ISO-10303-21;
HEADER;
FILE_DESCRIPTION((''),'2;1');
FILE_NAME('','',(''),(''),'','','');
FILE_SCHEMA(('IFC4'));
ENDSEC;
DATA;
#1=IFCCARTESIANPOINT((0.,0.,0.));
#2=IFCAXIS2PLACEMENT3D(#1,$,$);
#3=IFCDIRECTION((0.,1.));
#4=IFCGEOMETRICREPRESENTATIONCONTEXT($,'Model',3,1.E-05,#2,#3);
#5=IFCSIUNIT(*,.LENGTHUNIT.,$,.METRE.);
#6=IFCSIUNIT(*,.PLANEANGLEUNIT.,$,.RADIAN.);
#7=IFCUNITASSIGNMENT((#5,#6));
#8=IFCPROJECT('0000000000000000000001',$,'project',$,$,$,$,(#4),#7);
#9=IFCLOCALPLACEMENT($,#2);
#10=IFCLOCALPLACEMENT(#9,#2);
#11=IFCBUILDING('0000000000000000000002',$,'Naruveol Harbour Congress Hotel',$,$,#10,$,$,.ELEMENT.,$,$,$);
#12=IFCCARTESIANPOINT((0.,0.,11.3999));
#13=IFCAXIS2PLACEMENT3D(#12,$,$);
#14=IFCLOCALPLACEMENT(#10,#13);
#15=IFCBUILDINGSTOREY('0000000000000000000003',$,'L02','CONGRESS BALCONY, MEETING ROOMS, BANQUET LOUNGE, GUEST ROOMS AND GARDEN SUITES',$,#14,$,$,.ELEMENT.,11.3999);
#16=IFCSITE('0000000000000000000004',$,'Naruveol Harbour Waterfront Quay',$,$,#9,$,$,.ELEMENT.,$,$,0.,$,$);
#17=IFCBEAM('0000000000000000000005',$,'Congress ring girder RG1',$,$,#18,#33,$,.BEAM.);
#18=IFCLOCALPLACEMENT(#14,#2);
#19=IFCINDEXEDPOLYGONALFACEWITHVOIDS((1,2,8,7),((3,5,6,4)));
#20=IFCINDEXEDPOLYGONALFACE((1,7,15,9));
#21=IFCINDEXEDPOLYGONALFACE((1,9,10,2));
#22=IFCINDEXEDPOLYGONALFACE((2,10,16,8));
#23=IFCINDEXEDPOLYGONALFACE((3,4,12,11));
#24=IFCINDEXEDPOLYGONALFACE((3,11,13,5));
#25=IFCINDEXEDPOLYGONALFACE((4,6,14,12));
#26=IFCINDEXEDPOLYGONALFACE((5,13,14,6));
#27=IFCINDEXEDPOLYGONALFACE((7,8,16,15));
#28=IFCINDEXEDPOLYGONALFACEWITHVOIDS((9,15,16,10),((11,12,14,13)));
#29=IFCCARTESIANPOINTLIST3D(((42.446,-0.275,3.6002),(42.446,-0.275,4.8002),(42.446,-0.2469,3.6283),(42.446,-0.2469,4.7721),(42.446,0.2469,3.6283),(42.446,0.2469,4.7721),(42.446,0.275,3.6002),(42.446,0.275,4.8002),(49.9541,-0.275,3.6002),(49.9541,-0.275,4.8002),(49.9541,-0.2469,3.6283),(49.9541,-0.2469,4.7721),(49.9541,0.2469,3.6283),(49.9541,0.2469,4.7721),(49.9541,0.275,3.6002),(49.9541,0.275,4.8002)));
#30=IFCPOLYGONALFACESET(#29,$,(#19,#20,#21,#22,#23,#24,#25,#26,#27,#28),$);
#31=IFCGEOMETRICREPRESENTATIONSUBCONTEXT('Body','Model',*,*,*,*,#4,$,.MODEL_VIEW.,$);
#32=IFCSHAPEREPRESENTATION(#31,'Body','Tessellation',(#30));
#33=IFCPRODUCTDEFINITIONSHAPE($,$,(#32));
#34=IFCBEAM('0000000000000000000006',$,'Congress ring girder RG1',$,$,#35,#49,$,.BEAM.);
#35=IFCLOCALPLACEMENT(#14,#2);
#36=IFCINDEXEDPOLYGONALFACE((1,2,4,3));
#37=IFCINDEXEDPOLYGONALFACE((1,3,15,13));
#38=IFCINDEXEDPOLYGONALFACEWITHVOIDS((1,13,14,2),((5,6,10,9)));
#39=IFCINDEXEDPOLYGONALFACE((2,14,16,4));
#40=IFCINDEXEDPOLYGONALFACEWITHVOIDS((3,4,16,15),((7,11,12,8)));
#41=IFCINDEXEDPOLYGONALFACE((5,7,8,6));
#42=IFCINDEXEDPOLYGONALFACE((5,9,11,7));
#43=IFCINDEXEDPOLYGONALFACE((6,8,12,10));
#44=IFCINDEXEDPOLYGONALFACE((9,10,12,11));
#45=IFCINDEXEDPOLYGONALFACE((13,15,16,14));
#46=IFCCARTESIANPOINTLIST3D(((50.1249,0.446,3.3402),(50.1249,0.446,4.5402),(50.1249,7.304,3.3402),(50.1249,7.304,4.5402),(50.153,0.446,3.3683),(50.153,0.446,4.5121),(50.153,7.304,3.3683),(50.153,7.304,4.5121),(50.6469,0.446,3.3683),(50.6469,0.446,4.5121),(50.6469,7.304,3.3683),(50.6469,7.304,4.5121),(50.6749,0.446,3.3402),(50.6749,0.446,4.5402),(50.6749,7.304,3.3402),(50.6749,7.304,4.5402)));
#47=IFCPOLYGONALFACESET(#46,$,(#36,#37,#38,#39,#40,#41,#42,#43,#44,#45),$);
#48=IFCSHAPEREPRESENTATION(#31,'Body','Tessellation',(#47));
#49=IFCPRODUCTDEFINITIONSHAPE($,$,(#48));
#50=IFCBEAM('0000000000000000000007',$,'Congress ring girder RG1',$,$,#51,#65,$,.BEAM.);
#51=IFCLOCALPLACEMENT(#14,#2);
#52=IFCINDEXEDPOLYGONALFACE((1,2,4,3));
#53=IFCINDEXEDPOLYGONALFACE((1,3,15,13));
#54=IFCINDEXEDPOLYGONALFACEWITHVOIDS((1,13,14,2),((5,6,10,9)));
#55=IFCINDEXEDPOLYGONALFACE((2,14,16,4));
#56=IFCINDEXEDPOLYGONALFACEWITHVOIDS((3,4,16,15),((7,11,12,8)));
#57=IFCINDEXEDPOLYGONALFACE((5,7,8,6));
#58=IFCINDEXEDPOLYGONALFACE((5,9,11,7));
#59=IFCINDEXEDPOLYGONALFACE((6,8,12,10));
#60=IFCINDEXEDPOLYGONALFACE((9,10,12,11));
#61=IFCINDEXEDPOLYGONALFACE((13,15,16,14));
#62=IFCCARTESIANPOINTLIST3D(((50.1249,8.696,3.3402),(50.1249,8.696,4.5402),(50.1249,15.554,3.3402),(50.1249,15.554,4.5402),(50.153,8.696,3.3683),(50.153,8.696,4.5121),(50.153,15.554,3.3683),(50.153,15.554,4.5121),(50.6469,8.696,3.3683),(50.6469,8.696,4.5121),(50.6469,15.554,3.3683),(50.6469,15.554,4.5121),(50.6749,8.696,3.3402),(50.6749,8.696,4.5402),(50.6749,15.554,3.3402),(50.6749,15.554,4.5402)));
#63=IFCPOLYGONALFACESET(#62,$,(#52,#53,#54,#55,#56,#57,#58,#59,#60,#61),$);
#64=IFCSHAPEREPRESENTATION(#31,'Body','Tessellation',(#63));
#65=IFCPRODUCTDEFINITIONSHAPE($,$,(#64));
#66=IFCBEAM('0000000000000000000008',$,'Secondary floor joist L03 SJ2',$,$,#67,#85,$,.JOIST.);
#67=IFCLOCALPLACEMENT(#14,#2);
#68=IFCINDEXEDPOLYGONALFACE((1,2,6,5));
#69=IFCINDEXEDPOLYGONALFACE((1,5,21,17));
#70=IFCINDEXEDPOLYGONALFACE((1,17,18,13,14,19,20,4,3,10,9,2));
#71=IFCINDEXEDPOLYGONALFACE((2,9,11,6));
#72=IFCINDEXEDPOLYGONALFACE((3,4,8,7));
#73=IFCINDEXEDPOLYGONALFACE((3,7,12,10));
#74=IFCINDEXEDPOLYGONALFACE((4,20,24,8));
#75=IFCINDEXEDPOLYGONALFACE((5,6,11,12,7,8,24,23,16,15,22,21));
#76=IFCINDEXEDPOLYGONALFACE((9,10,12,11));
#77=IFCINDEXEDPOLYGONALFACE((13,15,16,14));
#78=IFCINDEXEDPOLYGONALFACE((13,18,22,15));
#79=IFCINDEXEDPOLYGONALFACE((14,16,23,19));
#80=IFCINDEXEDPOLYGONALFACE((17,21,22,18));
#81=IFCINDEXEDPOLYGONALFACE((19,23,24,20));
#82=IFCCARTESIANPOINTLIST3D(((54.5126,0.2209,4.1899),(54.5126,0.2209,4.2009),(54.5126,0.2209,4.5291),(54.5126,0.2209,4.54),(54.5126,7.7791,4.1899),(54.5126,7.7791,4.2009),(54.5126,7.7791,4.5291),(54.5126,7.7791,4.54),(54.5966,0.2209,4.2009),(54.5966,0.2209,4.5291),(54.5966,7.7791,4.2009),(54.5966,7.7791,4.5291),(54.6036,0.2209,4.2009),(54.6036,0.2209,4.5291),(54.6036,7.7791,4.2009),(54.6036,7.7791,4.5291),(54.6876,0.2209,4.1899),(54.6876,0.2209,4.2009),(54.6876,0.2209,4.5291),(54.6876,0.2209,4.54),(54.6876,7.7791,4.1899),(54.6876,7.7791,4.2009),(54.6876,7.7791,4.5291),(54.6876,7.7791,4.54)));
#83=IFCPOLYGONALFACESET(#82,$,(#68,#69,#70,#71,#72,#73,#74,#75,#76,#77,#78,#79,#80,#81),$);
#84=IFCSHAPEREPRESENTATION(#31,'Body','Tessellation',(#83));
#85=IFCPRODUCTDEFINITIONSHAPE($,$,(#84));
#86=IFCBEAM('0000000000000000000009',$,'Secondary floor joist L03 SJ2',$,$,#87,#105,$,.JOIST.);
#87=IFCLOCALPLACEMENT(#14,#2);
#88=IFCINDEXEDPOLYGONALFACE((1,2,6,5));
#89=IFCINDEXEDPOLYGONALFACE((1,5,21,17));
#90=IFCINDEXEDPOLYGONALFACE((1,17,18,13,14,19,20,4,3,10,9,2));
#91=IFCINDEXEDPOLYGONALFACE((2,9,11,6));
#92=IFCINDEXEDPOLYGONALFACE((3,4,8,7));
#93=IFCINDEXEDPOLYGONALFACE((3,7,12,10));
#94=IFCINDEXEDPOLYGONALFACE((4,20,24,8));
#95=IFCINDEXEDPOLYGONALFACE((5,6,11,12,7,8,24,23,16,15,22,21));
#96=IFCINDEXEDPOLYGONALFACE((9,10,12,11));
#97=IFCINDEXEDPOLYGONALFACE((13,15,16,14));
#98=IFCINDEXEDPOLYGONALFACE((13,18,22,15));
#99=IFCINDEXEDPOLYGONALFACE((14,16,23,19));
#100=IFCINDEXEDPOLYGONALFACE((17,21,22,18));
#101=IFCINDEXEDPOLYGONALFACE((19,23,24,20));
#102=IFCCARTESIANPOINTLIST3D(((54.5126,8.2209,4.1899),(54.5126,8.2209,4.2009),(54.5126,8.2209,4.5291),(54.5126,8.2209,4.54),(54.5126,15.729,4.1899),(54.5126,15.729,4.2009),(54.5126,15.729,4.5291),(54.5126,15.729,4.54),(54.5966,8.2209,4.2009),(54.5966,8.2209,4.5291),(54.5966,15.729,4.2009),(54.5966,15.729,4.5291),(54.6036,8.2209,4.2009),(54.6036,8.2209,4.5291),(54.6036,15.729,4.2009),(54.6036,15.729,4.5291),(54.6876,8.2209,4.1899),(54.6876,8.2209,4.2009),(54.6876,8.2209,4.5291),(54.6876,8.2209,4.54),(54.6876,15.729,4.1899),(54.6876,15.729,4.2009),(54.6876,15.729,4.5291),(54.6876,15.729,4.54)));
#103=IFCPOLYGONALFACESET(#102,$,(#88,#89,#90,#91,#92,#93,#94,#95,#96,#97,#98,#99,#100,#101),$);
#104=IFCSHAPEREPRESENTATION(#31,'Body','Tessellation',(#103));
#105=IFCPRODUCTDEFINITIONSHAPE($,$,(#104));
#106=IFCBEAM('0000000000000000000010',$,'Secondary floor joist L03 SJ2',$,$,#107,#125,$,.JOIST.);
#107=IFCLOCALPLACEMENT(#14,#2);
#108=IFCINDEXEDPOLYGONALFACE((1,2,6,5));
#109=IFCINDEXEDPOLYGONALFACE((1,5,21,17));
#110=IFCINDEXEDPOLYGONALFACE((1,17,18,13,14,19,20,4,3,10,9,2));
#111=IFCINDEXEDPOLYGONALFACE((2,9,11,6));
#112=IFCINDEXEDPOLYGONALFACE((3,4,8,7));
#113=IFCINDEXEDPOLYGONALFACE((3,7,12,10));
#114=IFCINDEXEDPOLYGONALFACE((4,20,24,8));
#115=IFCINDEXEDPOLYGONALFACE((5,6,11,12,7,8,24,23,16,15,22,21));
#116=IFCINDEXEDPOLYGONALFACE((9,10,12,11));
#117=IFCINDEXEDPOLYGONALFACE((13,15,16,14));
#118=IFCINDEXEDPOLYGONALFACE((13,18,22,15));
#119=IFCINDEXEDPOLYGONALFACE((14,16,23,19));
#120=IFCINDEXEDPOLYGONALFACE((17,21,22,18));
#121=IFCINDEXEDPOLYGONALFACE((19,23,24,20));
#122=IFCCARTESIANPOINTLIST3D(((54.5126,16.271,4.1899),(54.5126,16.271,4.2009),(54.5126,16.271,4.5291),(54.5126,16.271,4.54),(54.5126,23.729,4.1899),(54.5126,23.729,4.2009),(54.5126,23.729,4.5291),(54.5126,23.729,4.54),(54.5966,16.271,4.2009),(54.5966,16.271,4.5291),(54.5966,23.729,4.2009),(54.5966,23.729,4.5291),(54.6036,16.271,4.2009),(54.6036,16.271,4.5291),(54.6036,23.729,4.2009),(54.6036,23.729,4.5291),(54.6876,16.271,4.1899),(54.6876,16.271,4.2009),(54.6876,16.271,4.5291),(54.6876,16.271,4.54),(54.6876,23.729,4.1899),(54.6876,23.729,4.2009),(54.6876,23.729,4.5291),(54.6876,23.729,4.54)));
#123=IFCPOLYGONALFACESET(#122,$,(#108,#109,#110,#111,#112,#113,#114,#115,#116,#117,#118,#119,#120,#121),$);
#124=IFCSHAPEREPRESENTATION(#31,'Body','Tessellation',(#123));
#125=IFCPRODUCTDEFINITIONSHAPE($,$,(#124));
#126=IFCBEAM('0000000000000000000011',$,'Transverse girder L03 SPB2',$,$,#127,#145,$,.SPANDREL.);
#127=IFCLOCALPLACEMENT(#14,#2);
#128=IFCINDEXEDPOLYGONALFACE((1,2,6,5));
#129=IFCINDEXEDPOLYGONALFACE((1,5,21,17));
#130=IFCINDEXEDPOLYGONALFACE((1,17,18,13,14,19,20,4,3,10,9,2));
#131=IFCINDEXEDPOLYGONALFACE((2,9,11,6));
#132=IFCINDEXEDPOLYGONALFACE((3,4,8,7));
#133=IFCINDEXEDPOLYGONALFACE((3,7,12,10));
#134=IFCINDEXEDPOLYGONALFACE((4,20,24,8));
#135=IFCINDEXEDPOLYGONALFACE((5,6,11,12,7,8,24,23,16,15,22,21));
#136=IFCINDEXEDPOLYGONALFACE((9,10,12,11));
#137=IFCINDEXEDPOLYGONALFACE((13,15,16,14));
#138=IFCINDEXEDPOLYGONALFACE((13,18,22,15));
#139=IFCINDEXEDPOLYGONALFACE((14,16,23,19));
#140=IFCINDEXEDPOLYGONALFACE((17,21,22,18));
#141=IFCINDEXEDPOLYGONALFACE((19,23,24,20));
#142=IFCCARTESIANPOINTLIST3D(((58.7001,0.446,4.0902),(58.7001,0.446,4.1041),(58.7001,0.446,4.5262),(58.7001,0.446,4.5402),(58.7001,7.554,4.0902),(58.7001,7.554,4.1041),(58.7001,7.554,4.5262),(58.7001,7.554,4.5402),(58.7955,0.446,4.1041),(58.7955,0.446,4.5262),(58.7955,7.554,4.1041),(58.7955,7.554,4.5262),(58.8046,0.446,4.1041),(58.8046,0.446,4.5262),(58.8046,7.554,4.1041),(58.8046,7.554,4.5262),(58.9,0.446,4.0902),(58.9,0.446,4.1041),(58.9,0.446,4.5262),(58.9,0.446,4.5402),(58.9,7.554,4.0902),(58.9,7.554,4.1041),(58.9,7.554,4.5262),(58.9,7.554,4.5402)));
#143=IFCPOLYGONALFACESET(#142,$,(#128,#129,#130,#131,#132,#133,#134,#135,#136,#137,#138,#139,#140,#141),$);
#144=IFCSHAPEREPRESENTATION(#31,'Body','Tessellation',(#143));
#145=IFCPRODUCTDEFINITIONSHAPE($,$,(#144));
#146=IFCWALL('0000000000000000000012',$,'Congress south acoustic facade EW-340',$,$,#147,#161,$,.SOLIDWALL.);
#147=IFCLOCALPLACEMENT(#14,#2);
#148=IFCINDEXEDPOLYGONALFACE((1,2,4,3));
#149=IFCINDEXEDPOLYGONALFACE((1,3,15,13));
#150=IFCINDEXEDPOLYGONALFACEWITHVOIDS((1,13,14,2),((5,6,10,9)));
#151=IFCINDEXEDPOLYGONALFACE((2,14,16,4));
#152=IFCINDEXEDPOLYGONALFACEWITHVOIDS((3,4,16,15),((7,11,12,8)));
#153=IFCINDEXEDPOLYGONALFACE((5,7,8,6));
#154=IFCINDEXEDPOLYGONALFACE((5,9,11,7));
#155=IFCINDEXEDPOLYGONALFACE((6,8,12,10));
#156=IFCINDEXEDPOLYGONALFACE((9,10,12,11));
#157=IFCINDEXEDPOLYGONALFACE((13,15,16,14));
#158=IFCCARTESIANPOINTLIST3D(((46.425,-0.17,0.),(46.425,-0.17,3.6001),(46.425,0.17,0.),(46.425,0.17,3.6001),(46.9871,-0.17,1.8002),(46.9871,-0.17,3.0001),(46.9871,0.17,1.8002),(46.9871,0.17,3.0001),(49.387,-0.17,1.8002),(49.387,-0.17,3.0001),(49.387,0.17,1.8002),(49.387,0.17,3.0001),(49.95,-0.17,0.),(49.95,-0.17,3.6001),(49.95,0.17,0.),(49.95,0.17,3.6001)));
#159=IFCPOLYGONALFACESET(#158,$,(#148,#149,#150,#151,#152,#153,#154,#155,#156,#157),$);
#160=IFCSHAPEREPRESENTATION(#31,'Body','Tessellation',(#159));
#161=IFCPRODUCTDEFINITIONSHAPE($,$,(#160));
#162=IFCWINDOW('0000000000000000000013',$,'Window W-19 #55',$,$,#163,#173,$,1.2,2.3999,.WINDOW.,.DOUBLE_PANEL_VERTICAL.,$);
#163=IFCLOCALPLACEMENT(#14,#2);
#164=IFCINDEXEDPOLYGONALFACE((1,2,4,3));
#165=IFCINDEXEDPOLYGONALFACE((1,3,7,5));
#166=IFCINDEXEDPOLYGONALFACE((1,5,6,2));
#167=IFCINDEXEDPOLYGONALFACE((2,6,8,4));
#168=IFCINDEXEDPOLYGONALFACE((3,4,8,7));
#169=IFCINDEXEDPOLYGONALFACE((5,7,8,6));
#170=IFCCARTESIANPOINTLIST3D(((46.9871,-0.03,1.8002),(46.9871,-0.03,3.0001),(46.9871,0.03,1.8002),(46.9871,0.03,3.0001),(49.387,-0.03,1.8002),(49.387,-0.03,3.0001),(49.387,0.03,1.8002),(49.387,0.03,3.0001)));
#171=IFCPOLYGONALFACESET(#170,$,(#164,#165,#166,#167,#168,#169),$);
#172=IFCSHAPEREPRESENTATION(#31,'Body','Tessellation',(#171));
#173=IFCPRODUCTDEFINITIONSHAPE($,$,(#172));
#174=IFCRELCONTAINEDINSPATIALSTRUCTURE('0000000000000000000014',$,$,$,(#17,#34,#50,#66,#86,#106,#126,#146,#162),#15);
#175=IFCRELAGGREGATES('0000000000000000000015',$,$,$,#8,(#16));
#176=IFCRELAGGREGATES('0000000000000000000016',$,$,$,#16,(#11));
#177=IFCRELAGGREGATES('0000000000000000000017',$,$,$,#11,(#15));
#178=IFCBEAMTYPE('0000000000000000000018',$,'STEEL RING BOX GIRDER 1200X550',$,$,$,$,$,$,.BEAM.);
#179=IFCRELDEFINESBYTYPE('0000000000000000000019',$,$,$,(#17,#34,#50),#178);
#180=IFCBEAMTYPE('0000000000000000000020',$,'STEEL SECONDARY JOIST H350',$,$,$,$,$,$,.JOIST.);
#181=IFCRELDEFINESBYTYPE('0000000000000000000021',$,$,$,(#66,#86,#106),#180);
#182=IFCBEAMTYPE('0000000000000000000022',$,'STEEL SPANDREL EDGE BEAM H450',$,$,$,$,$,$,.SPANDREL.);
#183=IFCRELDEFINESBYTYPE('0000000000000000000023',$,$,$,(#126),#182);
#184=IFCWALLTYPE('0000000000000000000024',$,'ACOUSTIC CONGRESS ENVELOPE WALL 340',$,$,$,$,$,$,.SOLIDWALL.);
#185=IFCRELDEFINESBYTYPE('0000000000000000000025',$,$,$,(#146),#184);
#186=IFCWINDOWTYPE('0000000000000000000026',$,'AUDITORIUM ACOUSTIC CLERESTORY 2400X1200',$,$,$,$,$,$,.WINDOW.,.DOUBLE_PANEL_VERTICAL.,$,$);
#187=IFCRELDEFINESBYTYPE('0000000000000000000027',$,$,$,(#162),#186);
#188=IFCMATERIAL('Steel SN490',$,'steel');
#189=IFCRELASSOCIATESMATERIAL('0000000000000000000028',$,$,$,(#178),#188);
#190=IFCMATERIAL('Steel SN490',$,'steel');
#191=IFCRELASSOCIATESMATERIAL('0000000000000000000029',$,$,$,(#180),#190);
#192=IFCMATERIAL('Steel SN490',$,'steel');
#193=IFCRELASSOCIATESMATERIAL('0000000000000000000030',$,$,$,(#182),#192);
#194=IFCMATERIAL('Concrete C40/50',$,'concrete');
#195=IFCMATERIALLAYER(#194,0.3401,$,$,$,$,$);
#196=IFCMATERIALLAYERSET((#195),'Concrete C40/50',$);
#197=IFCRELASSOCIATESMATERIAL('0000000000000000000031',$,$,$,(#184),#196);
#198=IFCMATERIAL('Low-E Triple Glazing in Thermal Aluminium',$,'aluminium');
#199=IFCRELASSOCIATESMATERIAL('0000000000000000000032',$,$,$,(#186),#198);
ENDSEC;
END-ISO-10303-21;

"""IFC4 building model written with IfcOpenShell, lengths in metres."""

from ifc_helpers import new_model, si_unit, direction, frame, frame_2d, origin, origin_2d, place, context, subcontext, project, spatial, rectangle, hollow_rectangle, i_section, extrude, material, layer, layer_set, material_profile, profile_set, type_object, element, fill, save


model = new_model("IFC4")

# Units and contexts
model_context = context("Model", 3, precision=1e-05, world=origin(), true_north=direction((0.0, 1.0)))
body_context = subcontext(model_context, "Body", "Model", "MODEL_VIEW")
ifc_project = project(units=[si_unit("LENGTHUNIT", "METRE"), si_unit("PLANEANGLEUNIT", "RADIAN")], contexts=[model_context])

# Site, building, storey
site_placement = place(None, origin())
site = spatial("IfcSite", under=ifc_project, at=site_placement, Name="Naruveol Harbour Waterfront Quay", CompositionType="ELEMENT", RefElevation=0.0)
building_placement = place(site_placement, origin())
building = spatial("IfcBuilding", under=site, at=building_placement, Name="Naruveol Harbour Congress Hotel", CompositionType="ELEMENT")
storey_placement = place(building_placement, frame((0.0, 0.0, 11.3999)))
storey = spatial("IfcBuildingStorey", under=building, at=storey_placement, Name="L02", Description="CONGRESS BALCONY, MEETING ROOMS, BANQUET LOUNGE, GUEST ROOMS AND GARDEN SUITES", CompositionType="ELEMENT", Elevation=11.3999)

# Beams
ifc_material_1 = material(Name="Steel SN490", Category="steel")
ifc_material_profile_1 = material_profile(ifc_material_1, hollow_rectangle(XDim=0.55, YDim=1.2, WallThickness=0.0281, at=origin_2d()), Name="RHS-1200x550x28")
ifc_profile_set_1 = profile_set([ifc_material_profile_1], Name="Steel SN490")
beam_type_1 = type_object("IfcBeamType", Name="STEEL RING BOX GIRDER 1200X550", PredefinedType="BEAM", material=ifc_profile_set_1)
beam_1_placement = place(storey_placement, frame((42.446, 0.0, 4.2002), z_axis=(1.0, 0.0, 0.0), x_axis=(0.0, 1.0, 0.0)))
element("IfcBeam", 1, at=beam_1_placement, inside=storey, type_object=beam_type_1, Name="Congress ring girder RG1", PredefinedType="BEAM", context=body_context, shape_type="SweptSolid", body=[
    extrude(hollow_rectangle(XDim=0.55, YDim=1.2, WallThickness=0.0281, at=origin_2d()), origin(), (0.0, 0.0, 1.0), 7.5081),
])
for number, where, z_axis, x_axis, name in (
    (2, (50.3999, 0.446, 3.9402), (0.0, 1.0, 0.0), (-1.0, 0.0, 0.0), "Congress ring girder RG1"),
    (3, (50.3999, 8.696, 3.9402), (0.0, 1.0, 0.0), (-1.0, 0.0, 0.0), "Congress ring girder RG1"),
):
    element("IfcBeam", number, at=place(storey_placement, frame(where, z_axis=z_axis, x_axis=x_axis)), inside=storey, type_object=beam_type_1, Name=name, PredefinedType="BEAM", context=body_context, shape_type="SweptSolid", body=[
        extrude(hollow_rectangle(XDim=0.55, YDim=1.2, WallThickness=0.0281, at=origin_2d()), origin(), (0.0, 0.0, 1.0), 6.8579),
    ])
ifc_material_2 = material(Name="Steel SN490", Category="steel")
ifc_material_profile_2 = material_profile(ifc_material_2, i_section(OverallWidth=0.175, OverallDepth=0.3501, WebThickness=0.0071, FlangeThickness=0.011, at=origin_2d()), Name="H-350x175x7x11")
ifc_profile_set_2 = profile_set([ifc_material_profile_2], Name="Steel SN490")
beam_type_2 = type_object("IfcBeamType", Name="STEEL SECONDARY JOIST H350", PredefinedType="JOIST", material=ifc_profile_set_2)
beam_2_placement = place(storey_placement, frame((54.6001, 0.2209, 4.365), z_axis=(0.0, 1.0, 0.0), x_axis=(-1.0, 0.0, 0.0)))
element("IfcBeam", 4, at=beam_2_placement, inside=storey, type_object=beam_type_2, Name="Secondary floor joist L03 SJ2", PredefinedType="JOIST", context=body_context, shape_type="SweptSolid", body=[
    extrude(i_section(OverallWidth=0.175, OverallDepth=0.3501, WebThickness=0.0071, FlangeThickness=0.011, at=origin_2d()), origin(), (0.0, 0.0, 1.0), 7.5581),
])
beam_3_placement = place(storey_placement, frame((54.6001, 8.2209, 4.365), z_axis=(0.0, 1.0, 0.0), x_axis=(-1.0, 0.0, 0.0)))
element("IfcBeam", 5, at=beam_3_placement, inside=storey, type_object=beam_type_2, Name="Secondary floor joist L03 SJ2", PredefinedType="JOIST", context=body_context, shape_type="SweptSolid", body=[
    extrude(i_section(OverallWidth=0.175, OverallDepth=0.3501, WebThickness=0.0071, FlangeThickness=0.011, at=origin_2d()), origin(), (0.0, 0.0, 1.0), 7.5081),
])
beam_4_placement = place(storey_placement, frame((54.6001, 16.271, 4.365), z_axis=(0.0, 1.0, 0.0), x_axis=(-1.0, 0.0, 0.0)))
element("IfcBeam", 6, at=beam_4_placement, inside=storey, type_object=beam_type_2, Name="Secondary floor joist L03 SJ2", PredefinedType="JOIST", context=body_context, shape_type="SweptSolid", body=[
    extrude(i_section(OverallWidth=0.175, OverallDepth=0.3501, WebThickness=0.0071, FlangeThickness=0.011, at=origin_2d()), origin(), (0.0, 0.0, 1.0), 7.458),
])
ifc_material_3 = material(Name="Steel SN490", Category="steel")
ifc_material_profile_3 = material_profile(ifc_material_3, i_section(OverallWidth=0.2, OverallDepth=0.45, WebThickness=0.009, FlangeThickness=0.0139, at=origin_2d()), Name="H-450x200x9x14")
ifc_profile_set_3 = profile_set([ifc_material_profile_3], Name="Steel SN490")
beam_type_3 = type_object("IfcBeamType", Name="STEEL SPANDREL EDGE BEAM H450", PredefinedType="SPANDREL", material=ifc_profile_set_3)
beam_5_placement = place(storey_placement, frame((58.8, 0.446, 4.3152), z_axis=(0.0, 1.0, 0.0), x_axis=(-1.0, 0.0, 0.0)))
element("IfcBeam", 7, at=beam_5_placement, inside=storey, type_object=beam_type_3, Name="Transverse girder L03 SPB2", PredefinedType="SPANDREL", context=body_context, shape_type="SweptSolid", body=[
    extrude(i_section(OverallWidth=0.2, OverallDepth=0.45, WebThickness=0.009, FlangeThickness=0.0139, at=origin_2d()), origin(), (0.0, 0.0, 1.0), 7.1079),
])

# Wall, opening, window
ifc_material_4 = material(Name="Concrete C40/50", Category="concrete")
ifc_layer_1 = layer(ifc_material_4, 0.3401)
ifc_layer_set_1 = layer_set([ifc_layer_1], Name="Concrete C40/50")
wall_type_1 = type_object("IfcWallType", Name="ACOUSTIC CONGRESS ENVELOPE WALL 340", PredefinedType="SOLIDWALL", material=ifc_layer_set_1)
wall_1_placement = place(storey_placement, frame((49.95, 0.0, 0.0), z_axis=(0.0, 0.0, 1.0), x_axis=(-1.0, 0.0, 0.0)))
wall_1 = element("IfcWall", 8, at=wall_1_placement, inside=storey, type_object=wall_type_1, Name="Congress south acoustic facade EW-340", PredefinedType="SOLIDWALL", context=body_context, shape_type="SweptSolid", body=[
    extrude(rectangle(XDim=3.5249, YDim=0.3401, at=frame_2d((1.7625, 0.0))), origin(), (0.0, 0.0, 1.0), 3.6001),
])
opening_1_placement = place(wall_1_placement, frame((0.563, 0.0, 1.8)))
opening_1 = element("IfcOpeningElement", 9, at=opening_1_placement, cuts=wall_1, PredefinedType="OPENING", context=body_context, shape_type="SweptSolid", body=[
    extrude(rectangle(XDim=2.3999, YDim=1.2, at=frame_2d((1.2, 0.6001))), frame((0.0, 0.1799, 0.0), z_axis=(0.0, -1.0, 0.0), x_axis=(1.0, 0.0, 0.0)), (0.0, 0.0, 1.0), 0.3601),
])
ifc_material_5 = material(Name="Low-E Triple Glazing in Thermal Aluminium", Category="aluminium")
window_type_1 = type_object("IfcWindowType", Name="AUDITORIUM ACOUSTIC CLERESTORY 2400X1200", PartitioningType="DOUBLE_PANEL_VERTICAL", PredefinedType="WINDOW", material=ifc_material_5)
window_1_placement = place(opening_1_placement, origin())
window_1 = element("IfcWindow", 10, at=window_1_placement, inside=storey, type_object=window_type_1, Name="Window W-19 #55", OverallHeight=1.2, OverallWidth=2.3999, PartitioningType="DOUBLE_PANEL_VERTICAL", PredefinedType="WINDOW", context=body_context, shape_type="SweptSolid", body=[
    extrude(rectangle(XDim=2.3999, YDim=1.2, at=frame_2d((1.2, 0.6001))), frame((0.0, 0.03, 0.0), z_axis=(0.0, -1.0, 0.0), x_axis=(1.0, 0.0, 0.0)), (0.0, 0.0, 1.0), 0.0601),
])
fill(opening_1, window_1)

save(model, "model.ifc")
